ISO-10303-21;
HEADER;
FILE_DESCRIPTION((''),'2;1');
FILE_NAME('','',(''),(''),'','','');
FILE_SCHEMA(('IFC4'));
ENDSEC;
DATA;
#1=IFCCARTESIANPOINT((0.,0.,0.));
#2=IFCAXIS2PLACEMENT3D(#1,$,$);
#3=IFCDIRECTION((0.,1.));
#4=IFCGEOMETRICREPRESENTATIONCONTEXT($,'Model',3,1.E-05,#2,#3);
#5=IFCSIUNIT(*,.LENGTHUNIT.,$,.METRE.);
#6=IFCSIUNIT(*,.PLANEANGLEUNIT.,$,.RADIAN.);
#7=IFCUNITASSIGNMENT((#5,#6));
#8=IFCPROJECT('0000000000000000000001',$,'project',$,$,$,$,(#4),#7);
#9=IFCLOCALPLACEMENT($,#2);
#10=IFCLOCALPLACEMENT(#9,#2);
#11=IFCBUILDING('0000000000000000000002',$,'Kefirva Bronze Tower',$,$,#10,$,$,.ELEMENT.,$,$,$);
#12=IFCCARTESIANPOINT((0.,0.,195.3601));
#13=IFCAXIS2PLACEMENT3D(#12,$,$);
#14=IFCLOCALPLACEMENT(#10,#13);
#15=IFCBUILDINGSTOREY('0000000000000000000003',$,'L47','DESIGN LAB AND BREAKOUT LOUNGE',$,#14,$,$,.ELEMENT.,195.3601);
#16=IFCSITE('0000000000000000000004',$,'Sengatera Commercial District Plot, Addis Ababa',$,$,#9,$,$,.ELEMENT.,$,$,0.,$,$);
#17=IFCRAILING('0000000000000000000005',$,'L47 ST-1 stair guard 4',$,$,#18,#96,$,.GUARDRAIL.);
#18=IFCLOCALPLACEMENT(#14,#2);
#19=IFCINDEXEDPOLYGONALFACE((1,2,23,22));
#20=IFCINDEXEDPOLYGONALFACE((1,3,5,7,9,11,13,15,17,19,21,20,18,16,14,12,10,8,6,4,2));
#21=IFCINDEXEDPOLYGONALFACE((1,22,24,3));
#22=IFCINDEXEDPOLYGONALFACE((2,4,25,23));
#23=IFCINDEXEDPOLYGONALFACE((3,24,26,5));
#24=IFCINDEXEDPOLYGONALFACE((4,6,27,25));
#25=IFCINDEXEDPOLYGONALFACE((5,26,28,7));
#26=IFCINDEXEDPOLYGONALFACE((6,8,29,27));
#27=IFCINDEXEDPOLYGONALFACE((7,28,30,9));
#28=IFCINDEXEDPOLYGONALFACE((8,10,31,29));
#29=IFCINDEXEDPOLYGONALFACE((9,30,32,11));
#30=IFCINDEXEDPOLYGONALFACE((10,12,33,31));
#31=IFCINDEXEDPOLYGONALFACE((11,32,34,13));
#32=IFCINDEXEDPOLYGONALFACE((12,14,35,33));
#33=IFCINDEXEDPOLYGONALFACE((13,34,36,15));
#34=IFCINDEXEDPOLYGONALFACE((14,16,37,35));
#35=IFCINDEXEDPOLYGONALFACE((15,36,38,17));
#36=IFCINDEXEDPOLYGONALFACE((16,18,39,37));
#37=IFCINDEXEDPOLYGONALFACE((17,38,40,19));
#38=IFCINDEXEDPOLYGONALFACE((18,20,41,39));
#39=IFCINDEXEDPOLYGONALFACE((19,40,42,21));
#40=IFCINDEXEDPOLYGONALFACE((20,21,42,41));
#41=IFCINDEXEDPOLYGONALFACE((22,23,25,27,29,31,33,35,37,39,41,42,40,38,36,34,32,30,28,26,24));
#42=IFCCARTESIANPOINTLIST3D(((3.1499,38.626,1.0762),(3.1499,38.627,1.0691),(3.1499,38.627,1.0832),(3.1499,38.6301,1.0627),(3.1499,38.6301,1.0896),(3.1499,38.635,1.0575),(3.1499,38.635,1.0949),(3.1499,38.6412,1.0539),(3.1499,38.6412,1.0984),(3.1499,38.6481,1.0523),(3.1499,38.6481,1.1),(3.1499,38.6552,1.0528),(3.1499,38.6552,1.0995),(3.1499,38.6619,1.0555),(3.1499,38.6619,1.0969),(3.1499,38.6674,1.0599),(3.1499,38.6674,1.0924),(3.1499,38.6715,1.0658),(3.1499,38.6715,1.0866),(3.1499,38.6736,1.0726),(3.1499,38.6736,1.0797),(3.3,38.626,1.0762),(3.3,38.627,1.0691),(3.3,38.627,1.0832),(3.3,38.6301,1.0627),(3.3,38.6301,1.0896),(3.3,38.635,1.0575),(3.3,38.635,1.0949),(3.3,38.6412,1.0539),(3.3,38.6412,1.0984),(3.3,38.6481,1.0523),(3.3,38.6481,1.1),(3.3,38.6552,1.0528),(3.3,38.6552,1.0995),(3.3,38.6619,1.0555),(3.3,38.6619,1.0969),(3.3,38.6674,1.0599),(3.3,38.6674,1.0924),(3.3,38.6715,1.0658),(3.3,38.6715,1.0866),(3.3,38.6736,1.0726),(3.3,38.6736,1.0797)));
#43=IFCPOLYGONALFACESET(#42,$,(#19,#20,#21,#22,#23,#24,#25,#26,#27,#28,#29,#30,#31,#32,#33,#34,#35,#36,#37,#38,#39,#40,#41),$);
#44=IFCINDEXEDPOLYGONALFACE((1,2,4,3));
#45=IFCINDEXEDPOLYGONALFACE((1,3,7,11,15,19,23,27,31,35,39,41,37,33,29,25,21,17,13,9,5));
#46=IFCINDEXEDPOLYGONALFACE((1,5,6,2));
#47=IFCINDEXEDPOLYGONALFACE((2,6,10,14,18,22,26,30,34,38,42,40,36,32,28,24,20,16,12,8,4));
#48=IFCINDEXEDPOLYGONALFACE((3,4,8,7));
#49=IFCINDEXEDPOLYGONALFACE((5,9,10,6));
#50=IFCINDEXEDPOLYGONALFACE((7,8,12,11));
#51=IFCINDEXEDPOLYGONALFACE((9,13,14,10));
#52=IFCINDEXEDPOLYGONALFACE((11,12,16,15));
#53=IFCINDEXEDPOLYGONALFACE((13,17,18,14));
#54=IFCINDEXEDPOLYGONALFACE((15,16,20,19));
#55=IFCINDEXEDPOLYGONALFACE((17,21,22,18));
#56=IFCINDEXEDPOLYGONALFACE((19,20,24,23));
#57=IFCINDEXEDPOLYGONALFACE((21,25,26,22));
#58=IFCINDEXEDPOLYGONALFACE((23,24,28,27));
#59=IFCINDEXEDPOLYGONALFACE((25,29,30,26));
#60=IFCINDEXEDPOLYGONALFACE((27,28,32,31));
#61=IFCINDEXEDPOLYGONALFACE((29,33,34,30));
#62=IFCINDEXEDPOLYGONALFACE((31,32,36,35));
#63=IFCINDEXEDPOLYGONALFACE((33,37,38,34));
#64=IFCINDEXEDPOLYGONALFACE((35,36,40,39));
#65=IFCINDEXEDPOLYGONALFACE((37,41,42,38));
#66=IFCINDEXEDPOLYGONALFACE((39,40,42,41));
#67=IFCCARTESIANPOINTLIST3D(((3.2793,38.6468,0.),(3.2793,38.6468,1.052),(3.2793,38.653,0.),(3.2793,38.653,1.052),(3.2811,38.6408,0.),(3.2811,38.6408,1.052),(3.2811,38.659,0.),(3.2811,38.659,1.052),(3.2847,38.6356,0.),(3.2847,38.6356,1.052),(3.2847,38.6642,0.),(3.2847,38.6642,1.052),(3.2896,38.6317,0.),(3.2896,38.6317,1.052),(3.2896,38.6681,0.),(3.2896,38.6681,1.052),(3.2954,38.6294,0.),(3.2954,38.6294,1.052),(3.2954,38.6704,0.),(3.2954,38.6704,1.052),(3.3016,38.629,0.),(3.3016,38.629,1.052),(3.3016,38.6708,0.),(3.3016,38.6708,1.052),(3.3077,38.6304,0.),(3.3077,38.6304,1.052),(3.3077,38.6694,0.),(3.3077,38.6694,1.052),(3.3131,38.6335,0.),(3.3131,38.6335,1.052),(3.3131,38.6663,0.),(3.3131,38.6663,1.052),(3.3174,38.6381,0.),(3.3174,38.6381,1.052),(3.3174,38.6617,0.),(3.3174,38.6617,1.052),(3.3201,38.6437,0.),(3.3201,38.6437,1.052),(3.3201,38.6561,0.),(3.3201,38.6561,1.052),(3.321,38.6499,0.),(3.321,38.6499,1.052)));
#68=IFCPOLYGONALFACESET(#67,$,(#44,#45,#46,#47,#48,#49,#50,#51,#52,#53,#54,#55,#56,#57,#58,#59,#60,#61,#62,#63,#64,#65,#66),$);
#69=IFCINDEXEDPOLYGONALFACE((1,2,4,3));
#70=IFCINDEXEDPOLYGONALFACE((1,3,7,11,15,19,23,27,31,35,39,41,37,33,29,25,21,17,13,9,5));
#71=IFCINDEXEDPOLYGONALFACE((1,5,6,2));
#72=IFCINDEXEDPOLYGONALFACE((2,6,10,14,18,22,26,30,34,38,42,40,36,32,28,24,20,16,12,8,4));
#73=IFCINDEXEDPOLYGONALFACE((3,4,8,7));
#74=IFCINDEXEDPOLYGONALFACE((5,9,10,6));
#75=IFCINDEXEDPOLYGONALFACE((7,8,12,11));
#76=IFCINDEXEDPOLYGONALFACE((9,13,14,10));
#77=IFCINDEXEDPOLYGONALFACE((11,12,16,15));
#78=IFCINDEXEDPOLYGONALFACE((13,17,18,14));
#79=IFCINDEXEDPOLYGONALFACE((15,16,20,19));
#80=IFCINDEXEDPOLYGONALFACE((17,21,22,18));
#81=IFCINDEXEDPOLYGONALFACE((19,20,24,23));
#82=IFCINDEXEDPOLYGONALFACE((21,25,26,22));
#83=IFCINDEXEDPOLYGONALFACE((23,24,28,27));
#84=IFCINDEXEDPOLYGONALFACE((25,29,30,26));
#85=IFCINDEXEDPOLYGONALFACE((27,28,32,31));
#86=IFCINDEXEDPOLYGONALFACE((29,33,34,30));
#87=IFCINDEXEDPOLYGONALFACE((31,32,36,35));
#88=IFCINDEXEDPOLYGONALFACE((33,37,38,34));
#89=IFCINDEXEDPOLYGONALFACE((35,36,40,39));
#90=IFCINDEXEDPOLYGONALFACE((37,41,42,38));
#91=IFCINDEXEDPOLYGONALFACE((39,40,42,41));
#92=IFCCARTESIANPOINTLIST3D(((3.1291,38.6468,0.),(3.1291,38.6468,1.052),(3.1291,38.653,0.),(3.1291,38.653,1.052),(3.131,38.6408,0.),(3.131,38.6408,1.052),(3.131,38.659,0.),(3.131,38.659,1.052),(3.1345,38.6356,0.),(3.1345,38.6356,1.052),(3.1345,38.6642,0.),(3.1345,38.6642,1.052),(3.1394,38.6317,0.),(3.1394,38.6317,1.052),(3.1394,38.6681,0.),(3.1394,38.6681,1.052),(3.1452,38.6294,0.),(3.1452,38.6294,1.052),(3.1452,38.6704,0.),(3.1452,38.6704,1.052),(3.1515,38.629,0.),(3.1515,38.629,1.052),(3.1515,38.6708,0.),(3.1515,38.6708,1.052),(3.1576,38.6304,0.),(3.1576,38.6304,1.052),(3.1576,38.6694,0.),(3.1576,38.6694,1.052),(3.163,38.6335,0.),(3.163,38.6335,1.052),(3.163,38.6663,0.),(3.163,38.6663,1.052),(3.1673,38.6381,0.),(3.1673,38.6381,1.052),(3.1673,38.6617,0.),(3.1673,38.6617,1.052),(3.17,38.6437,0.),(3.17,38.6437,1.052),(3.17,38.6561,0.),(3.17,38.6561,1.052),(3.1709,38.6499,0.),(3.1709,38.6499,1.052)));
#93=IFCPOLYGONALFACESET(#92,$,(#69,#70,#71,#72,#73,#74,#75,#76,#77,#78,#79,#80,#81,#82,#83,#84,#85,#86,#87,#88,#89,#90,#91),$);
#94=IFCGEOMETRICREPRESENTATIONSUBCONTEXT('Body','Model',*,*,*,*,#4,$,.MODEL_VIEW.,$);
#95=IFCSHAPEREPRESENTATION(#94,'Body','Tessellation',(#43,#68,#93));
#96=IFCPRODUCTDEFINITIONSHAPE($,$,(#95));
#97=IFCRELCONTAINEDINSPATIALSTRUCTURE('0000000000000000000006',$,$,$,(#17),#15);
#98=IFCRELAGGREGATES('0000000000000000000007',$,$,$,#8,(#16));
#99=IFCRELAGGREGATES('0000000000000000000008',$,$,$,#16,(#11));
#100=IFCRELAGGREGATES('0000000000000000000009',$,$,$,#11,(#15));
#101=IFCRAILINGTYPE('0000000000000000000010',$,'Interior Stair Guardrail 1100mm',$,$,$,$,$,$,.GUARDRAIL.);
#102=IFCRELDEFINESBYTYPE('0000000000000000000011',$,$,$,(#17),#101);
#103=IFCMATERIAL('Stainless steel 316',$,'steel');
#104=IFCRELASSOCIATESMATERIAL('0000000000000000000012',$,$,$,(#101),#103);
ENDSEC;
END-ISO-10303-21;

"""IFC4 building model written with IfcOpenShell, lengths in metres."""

from ifc_helpers import new_model, si_unit, direction, frame, origin, origin_2d, place, context, subcontext, project, spatial, circle, extrude, material, type_object, element, save


model = new_model("IFC4")

# Units and contexts
model_context = context("Model", 3, precision=1e-05, world=origin(), true_north=direction((0.0, 1.0)))
body_context = subcontext(model_context, "Body", "Model", "MODEL_VIEW")
ifc_project = project(units=[si_unit("LENGTHUNIT", "METRE"), si_unit("PLANEANGLEUNIT", "RADIAN")], contexts=[model_context])

# Site, building, storey
site_placement = place(None, origin())
site = spatial("IfcSite", under=ifc_project, at=site_placement, Name="Sengatera Commercial District Plot, Addis Ababa", CompositionType="ELEMENT", RefElevation=0.0)
building_placement = place(site_placement, origin())
building = spatial("IfcBuilding", under=site, at=building_placement, Name="Kefirva Bronze Tower", CompositionType="ELEMENT")
storey_placement = place(building_placement, frame((0.0, 0.0, 195.3601)))
storey = spatial("IfcBuildingStorey", under=building, at=storey_placement, Name="L47", Description="DESIGN LAB AND BREAKOUT LOUNGE", CompositionType="ELEMENT", Elevation=195.3601)

# Railing
ifc_material_1 = material(Name="Stainless steel 316", Category="steel")
railing_type_1 = type_object("IfcRailingType", Name="Interior Stair Guardrail 1100mm", PredefinedType="GUARDRAIL", material=ifc_material_1)
railing_1_placement = place(storey_placement, frame((3.3, 38.6499, 0.0)))
element("IfcRailing", 1, at=railing_1_placement, inside=storey, type_object=railing_type_1, Name="L47 ST-1 stair guard 4", PredefinedType="GUARDRAIL", context=body_context, shape_type="SweptSolid", body=[
    extrude(circle(Radius=0.0239, at=origin_2d()), frame((0.0, 0.0, 1.0762), z_axis=(-1.0, 0.0, 0.0), x_axis=(0.0, -1.0, 0.0)), (0.0, 0.0, 1.0), 0.1501),
    extrude(circle(Radius=0.021, at=origin_2d()), origin(), (0.0, 0.0, 1.0), 1.052),
    extrude(circle(Radius=0.021, at=origin_2d()), frame((-0.1501, 0.0, 0.0)), (0.0, 0.0, 1.0), 1.052),
])

save(model, "model.ifc")
